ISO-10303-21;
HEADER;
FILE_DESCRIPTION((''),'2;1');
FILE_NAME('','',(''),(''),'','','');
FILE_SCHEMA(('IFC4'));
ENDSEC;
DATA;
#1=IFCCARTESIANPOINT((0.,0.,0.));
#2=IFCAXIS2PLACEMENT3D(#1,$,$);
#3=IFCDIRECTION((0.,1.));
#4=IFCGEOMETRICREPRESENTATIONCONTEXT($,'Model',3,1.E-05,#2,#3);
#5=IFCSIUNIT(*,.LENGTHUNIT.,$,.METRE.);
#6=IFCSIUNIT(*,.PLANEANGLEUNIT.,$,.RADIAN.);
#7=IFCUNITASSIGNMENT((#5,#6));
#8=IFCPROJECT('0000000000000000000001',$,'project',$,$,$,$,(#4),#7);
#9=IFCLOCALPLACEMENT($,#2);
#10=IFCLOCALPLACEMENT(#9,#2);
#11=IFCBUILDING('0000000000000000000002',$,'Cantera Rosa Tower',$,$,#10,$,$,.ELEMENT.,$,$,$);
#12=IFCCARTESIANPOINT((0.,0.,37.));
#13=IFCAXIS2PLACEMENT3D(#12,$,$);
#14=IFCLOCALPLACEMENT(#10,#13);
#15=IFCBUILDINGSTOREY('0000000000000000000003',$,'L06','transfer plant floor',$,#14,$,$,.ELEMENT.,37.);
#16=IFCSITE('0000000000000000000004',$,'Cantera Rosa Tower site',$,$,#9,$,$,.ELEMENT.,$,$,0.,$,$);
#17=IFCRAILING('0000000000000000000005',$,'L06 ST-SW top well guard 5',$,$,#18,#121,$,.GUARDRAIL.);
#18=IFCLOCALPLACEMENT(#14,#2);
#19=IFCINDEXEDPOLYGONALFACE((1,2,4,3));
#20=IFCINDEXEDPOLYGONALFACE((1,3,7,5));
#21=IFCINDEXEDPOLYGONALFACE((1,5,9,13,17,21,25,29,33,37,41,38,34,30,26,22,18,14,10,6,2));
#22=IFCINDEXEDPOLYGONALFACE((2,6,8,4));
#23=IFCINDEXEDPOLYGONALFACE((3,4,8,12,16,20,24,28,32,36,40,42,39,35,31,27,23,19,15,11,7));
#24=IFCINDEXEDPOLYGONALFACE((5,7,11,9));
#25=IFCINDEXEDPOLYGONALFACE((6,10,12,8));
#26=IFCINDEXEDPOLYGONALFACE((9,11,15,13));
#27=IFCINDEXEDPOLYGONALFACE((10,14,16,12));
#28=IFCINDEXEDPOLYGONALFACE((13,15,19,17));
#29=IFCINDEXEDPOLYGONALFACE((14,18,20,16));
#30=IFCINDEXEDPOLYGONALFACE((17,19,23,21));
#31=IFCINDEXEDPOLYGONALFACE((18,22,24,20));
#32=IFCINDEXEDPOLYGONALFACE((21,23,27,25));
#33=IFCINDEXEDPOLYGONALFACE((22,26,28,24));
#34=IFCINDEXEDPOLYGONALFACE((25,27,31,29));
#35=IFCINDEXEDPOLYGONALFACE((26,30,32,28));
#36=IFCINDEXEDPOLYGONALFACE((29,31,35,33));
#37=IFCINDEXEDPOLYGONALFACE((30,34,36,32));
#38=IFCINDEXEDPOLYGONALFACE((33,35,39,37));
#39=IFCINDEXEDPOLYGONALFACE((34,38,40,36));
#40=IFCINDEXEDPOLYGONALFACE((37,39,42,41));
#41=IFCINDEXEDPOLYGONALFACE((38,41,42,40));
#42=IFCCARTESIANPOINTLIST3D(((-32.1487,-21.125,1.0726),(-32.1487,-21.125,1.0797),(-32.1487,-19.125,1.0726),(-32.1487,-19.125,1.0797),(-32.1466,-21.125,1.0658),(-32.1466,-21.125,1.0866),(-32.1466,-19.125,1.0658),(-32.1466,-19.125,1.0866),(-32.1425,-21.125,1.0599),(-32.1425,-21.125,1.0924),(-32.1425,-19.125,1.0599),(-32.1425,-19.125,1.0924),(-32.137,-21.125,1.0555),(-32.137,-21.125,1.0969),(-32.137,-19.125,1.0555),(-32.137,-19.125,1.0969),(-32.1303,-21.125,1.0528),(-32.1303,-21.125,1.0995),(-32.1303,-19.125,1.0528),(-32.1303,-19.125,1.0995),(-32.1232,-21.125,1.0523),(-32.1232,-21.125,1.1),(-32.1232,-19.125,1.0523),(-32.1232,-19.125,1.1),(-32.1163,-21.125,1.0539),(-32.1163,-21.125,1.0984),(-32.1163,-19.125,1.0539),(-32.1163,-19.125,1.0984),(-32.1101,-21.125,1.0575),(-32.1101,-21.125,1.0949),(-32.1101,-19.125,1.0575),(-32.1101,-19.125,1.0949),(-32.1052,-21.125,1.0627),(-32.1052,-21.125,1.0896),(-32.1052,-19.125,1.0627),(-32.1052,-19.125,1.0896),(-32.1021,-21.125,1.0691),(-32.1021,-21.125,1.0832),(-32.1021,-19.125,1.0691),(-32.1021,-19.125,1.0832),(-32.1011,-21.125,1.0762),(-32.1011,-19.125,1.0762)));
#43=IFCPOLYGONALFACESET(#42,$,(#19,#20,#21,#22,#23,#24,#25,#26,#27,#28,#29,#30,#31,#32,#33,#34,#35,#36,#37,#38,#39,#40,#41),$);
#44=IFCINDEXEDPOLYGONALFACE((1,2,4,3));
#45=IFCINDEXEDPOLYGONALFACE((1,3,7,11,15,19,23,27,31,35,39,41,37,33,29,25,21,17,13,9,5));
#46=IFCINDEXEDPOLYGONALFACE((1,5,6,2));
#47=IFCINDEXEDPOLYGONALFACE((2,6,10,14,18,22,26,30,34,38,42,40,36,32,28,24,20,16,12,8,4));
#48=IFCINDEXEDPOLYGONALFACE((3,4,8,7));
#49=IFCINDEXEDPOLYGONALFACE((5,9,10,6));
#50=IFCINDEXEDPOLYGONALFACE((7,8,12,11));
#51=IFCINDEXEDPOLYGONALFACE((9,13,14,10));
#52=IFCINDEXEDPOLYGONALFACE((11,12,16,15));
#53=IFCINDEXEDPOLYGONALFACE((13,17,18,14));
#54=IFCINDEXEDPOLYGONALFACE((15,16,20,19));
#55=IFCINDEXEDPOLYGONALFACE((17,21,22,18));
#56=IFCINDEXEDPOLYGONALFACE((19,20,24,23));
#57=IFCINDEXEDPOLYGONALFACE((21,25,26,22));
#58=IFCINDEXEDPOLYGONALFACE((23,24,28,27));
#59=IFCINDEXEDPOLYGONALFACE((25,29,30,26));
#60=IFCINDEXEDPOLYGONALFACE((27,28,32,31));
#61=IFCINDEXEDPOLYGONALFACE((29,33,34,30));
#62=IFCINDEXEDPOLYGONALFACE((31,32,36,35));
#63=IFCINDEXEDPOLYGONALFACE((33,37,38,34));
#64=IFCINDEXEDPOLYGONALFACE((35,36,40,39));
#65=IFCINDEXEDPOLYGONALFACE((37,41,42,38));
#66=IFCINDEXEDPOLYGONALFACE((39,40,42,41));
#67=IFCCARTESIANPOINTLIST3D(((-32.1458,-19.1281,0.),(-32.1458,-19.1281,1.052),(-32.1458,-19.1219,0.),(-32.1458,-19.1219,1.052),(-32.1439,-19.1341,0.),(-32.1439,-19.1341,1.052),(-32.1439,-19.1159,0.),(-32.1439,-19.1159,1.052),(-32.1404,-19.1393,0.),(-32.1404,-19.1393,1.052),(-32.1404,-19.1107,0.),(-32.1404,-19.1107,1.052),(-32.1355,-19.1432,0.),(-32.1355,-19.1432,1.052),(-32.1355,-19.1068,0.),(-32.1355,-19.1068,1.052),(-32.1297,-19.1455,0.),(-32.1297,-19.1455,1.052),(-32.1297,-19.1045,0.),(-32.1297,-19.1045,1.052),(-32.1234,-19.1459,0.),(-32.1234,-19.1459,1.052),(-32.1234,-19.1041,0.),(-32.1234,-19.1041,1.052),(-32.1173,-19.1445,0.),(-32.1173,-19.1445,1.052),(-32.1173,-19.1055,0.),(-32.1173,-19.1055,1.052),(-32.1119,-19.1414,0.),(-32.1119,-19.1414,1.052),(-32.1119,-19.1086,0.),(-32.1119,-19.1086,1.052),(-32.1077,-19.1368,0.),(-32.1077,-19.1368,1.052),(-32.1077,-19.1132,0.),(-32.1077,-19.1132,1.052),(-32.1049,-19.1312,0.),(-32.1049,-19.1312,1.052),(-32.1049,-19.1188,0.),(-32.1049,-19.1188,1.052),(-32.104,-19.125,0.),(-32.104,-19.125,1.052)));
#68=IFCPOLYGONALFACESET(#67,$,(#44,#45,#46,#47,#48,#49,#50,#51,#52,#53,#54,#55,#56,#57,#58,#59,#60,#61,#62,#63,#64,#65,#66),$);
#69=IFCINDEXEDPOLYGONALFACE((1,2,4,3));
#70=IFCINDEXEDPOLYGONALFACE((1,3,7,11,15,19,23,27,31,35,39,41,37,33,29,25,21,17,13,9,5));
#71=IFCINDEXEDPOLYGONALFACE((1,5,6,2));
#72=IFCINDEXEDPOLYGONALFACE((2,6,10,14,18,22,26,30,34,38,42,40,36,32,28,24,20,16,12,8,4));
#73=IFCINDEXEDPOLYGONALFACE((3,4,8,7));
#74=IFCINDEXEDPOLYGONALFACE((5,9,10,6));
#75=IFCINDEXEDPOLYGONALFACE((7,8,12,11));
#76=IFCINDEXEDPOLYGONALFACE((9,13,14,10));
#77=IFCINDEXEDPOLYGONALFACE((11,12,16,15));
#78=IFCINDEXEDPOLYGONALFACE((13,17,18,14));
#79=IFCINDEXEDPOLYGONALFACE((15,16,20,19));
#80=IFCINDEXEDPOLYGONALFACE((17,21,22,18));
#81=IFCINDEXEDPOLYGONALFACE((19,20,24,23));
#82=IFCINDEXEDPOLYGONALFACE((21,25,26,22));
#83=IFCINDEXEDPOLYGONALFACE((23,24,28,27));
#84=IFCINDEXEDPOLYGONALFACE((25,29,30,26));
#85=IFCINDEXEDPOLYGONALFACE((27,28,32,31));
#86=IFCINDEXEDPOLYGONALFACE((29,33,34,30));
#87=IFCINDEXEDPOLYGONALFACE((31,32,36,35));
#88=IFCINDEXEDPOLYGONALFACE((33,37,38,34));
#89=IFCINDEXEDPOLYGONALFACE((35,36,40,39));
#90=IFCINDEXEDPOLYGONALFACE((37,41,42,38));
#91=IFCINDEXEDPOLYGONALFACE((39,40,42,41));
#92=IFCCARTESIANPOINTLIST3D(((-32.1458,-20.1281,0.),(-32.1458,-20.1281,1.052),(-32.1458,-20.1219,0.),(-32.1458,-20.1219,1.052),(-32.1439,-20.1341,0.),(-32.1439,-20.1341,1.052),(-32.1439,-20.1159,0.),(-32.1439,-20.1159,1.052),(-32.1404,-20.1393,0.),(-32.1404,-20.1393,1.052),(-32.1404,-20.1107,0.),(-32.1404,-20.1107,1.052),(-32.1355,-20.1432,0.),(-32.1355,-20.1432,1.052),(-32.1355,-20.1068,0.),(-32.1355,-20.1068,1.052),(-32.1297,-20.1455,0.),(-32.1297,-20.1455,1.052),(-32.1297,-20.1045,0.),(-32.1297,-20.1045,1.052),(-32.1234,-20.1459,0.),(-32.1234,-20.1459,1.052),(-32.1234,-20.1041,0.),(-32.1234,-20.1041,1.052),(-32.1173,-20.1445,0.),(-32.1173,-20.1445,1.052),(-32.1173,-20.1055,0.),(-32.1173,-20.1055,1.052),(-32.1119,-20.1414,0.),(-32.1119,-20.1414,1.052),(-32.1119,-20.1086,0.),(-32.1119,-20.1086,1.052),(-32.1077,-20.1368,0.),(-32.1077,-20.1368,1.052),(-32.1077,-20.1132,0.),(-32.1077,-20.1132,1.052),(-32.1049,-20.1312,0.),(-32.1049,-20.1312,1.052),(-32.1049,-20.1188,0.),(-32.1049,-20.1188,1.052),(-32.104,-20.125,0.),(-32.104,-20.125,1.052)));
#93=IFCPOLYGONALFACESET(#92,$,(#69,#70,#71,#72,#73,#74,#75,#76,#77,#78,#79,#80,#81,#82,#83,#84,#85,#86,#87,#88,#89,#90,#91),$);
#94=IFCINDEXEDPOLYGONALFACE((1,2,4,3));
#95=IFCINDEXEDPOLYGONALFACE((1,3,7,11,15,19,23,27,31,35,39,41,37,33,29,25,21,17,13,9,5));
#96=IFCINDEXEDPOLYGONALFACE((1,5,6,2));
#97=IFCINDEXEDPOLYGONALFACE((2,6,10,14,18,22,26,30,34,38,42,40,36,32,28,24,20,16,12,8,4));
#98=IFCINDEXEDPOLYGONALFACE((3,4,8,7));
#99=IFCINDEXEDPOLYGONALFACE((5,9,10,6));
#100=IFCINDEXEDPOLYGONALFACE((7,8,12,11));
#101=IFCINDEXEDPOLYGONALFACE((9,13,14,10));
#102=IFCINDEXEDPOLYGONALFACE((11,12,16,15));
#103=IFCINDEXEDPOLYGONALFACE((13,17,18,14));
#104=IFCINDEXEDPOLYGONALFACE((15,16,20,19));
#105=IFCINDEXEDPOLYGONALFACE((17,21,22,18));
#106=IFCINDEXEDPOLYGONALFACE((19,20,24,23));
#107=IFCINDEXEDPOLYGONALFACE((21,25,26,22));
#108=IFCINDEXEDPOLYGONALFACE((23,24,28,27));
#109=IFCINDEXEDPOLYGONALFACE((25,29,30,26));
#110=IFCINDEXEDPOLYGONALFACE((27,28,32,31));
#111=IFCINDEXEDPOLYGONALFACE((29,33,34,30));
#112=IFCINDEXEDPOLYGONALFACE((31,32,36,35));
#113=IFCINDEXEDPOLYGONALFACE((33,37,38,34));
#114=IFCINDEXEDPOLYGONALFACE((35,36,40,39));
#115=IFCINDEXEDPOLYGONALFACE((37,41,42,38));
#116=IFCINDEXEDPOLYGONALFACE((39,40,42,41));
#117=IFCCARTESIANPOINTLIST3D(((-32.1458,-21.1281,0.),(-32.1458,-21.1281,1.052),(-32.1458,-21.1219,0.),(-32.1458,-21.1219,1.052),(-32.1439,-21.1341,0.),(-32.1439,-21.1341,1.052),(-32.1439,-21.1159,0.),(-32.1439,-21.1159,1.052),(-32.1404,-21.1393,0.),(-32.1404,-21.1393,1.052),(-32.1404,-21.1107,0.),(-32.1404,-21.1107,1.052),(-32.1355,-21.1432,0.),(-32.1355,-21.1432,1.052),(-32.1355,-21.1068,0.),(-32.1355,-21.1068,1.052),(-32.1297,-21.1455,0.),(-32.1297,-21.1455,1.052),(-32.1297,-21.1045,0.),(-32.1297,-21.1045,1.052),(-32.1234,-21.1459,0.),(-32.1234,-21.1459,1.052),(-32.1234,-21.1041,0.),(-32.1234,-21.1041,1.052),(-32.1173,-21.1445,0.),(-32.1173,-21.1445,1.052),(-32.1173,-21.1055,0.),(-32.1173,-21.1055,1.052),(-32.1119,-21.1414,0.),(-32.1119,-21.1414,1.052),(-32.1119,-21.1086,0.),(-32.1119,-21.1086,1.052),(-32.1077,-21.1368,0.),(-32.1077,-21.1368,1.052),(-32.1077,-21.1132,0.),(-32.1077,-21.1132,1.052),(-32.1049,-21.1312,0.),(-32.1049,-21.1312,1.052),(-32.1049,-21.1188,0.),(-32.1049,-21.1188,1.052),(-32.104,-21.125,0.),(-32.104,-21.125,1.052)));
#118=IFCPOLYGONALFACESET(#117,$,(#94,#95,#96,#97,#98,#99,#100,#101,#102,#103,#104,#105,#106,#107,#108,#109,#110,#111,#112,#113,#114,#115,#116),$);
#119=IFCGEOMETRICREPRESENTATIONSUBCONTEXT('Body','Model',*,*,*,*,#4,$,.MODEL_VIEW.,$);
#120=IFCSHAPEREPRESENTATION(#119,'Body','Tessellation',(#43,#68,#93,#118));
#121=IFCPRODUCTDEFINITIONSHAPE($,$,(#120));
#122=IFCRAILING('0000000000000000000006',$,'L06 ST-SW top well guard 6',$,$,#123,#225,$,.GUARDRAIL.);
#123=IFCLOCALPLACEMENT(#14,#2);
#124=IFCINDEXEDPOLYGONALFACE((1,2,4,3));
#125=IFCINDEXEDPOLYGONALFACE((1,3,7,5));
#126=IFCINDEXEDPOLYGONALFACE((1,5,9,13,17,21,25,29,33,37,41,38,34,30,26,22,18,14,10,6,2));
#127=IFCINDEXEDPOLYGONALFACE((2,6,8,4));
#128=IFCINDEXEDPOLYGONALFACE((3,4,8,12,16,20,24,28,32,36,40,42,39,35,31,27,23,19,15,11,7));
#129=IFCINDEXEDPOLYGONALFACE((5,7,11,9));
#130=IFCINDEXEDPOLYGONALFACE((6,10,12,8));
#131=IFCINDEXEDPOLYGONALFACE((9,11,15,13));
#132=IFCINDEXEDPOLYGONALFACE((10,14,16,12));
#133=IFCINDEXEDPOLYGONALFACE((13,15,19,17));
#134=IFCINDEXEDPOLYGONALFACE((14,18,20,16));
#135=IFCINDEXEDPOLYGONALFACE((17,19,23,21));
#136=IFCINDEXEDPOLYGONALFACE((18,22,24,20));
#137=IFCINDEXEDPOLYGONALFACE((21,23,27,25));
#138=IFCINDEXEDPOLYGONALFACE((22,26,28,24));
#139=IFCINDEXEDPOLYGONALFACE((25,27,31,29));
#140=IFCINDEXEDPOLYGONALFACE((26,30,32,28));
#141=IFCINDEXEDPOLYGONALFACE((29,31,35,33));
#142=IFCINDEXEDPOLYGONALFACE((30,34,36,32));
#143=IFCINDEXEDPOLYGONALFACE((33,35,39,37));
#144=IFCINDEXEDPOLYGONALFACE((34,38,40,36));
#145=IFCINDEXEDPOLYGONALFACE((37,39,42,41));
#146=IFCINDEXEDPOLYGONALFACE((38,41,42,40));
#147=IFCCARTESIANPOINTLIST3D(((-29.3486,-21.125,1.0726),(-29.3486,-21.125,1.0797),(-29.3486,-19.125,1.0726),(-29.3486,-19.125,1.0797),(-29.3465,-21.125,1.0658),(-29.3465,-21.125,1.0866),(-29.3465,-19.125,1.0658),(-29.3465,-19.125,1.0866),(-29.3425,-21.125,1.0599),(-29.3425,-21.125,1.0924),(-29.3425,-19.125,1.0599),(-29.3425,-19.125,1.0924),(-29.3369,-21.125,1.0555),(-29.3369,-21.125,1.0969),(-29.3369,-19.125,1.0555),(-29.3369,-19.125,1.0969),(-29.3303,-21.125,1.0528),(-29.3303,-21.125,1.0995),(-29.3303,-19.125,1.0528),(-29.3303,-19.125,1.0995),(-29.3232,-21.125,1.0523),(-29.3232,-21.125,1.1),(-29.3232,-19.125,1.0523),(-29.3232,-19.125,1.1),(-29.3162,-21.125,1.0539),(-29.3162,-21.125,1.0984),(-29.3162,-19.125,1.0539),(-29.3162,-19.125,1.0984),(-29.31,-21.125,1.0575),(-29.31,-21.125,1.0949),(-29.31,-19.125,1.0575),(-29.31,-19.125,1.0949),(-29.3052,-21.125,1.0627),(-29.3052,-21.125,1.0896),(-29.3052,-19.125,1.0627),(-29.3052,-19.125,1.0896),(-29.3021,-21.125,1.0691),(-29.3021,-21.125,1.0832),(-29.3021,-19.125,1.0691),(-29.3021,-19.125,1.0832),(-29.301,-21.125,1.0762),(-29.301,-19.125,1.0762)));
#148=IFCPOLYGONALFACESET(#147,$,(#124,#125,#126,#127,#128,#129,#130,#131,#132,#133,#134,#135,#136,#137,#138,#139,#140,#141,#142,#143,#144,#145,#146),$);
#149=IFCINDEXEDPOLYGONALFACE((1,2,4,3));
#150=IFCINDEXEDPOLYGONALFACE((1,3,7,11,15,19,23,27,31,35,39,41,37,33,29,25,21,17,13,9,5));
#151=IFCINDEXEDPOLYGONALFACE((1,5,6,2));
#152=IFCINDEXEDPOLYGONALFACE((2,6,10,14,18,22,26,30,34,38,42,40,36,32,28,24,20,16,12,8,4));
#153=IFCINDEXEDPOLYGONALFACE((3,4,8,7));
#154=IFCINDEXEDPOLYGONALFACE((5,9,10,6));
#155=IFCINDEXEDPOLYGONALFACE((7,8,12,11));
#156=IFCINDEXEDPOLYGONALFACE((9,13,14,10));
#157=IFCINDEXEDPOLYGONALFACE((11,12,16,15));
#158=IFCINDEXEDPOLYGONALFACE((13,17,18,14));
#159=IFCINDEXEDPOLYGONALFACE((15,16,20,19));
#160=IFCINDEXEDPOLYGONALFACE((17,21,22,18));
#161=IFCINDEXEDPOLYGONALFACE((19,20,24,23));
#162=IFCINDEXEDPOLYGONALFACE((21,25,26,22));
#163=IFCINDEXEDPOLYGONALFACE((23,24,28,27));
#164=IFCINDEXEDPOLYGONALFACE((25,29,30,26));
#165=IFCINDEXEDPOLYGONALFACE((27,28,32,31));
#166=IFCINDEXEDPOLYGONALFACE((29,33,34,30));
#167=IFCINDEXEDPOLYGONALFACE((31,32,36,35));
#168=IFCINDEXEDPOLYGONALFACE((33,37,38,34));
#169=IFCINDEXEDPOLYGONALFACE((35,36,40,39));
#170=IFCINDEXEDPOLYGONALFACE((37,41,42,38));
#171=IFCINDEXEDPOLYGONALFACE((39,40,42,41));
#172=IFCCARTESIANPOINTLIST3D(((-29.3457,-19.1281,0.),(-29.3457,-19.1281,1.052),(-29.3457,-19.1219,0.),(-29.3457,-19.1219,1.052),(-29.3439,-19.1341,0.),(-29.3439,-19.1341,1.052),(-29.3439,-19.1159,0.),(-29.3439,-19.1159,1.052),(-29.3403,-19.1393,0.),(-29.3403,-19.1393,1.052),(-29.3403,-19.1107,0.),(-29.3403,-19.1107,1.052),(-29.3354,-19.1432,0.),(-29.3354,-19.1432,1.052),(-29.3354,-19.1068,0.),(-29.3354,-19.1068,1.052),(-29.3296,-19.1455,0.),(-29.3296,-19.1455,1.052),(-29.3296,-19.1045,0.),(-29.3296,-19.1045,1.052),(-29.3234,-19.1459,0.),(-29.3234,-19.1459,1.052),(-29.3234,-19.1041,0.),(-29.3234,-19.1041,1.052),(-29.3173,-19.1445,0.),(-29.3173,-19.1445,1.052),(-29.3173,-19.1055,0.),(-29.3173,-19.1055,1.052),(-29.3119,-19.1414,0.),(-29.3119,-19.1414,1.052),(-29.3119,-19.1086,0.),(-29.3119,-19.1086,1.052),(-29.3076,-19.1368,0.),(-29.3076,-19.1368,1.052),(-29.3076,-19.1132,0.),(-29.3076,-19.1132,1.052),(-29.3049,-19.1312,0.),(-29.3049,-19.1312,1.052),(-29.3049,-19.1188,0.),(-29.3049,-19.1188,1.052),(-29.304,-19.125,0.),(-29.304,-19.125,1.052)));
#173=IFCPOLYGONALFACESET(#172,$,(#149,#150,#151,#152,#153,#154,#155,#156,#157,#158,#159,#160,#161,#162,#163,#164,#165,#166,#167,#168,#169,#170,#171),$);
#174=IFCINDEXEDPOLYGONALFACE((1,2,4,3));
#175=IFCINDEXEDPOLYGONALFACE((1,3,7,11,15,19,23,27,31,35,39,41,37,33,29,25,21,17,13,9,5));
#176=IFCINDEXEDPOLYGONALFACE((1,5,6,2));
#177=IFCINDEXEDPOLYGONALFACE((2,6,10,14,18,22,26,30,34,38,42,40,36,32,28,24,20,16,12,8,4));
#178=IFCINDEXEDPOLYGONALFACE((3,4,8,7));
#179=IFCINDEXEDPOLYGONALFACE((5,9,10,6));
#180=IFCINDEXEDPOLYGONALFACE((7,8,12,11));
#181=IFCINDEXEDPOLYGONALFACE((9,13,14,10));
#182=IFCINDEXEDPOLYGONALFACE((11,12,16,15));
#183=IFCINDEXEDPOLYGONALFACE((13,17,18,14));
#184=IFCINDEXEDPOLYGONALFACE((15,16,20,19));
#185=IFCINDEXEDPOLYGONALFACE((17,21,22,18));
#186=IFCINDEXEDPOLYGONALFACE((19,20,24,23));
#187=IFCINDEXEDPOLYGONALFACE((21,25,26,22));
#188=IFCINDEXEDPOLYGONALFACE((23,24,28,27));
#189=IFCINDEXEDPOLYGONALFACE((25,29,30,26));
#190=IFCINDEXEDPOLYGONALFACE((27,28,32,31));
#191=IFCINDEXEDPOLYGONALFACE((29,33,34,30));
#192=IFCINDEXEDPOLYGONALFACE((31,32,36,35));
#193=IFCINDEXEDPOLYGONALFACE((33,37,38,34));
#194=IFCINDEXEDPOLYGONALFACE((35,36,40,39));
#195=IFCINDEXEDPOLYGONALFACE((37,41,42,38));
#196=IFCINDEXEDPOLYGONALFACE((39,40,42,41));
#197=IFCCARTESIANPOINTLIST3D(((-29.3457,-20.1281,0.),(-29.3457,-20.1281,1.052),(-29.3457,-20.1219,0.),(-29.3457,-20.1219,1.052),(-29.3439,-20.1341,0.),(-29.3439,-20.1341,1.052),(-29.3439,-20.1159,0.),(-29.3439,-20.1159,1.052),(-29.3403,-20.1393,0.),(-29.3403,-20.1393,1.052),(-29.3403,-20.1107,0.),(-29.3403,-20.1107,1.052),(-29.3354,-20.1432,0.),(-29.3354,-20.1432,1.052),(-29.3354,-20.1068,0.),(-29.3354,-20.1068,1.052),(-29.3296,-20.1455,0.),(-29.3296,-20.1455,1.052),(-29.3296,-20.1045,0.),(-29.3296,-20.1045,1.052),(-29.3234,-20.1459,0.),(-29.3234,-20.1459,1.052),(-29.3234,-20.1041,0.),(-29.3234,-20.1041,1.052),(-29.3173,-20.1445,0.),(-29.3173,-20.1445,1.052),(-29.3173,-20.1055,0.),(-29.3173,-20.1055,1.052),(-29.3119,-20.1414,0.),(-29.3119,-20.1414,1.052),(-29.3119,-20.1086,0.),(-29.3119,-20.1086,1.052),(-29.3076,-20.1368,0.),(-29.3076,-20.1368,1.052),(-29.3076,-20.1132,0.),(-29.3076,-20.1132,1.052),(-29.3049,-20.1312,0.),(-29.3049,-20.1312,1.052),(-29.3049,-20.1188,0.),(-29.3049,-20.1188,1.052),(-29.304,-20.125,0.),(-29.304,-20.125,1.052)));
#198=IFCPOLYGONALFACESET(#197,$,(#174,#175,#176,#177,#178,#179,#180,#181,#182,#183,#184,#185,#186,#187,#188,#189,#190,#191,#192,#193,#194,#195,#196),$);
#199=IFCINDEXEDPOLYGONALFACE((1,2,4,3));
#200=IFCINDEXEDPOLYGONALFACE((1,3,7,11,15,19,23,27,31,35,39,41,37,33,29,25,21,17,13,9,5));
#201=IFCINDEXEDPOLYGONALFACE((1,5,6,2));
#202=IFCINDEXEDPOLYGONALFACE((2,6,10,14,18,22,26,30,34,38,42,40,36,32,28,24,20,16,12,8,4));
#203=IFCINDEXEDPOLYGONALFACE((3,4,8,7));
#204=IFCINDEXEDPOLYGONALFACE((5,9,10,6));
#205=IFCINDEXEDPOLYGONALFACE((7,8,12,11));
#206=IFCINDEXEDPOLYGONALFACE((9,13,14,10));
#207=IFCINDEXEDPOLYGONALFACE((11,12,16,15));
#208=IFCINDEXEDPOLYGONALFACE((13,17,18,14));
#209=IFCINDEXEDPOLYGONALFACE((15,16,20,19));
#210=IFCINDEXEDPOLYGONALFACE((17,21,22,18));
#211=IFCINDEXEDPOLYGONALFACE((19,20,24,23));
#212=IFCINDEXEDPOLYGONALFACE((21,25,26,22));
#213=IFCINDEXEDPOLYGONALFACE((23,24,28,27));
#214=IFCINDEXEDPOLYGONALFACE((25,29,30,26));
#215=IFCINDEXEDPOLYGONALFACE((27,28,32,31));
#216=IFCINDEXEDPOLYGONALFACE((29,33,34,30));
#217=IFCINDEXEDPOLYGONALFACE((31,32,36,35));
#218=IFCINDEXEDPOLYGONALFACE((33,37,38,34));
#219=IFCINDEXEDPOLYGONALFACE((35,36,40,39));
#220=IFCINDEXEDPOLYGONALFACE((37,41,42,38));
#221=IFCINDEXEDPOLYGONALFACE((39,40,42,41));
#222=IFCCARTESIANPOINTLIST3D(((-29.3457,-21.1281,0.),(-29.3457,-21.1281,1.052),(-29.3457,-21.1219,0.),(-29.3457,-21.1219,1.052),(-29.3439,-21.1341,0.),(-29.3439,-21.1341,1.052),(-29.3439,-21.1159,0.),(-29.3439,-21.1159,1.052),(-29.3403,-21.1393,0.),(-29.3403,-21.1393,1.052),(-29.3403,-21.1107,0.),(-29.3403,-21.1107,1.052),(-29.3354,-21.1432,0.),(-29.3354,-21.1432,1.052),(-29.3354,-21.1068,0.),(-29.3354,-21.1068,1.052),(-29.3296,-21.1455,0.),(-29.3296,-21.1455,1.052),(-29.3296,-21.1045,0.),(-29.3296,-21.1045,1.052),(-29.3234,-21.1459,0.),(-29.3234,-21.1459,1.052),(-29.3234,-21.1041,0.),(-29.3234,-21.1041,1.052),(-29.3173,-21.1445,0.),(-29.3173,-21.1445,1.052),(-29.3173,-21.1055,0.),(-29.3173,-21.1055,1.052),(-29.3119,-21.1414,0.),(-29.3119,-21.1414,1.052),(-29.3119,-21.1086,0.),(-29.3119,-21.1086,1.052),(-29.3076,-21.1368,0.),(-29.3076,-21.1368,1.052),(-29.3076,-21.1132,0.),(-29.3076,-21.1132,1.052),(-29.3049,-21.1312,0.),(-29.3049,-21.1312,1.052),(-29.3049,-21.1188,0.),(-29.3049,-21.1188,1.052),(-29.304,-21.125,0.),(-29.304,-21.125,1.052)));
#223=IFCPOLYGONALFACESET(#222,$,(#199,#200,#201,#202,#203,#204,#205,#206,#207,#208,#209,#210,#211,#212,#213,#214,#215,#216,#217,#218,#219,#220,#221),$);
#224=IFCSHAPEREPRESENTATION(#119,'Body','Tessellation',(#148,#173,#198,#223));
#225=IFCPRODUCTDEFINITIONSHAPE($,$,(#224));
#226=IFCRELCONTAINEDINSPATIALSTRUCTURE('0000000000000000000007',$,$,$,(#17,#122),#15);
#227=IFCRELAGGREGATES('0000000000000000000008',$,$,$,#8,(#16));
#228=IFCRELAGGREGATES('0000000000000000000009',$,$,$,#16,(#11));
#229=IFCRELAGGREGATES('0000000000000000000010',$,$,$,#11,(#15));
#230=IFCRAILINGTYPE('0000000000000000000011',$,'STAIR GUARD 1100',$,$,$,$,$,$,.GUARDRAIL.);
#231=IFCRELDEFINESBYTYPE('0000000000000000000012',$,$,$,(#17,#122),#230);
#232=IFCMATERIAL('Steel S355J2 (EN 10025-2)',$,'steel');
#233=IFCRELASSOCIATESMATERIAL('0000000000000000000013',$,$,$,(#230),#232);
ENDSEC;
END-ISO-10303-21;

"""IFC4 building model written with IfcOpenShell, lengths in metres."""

from ifc_helpers import new_model, si_unit, direction, frame, origin, origin_2d, place, context, subcontext, project, spatial, circle, extrude, material, type_object, element, save


model = new_model("IFC4")

# Units and contexts
model_context = context("Model", 3, precision=1e-05, world=origin(), true_north=direction((0.0, 1.0)))
body_context = subcontext(model_context, "Body", "Model", "MODEL_VIEW")
ifc_project = project(units=[si_unit("LENGTHUNIT", "METRE"), si_unit("PLANEANGLEUNIT", "RADIAN")], contexts=[model_context])

# Site, building, storey
site_placement = place(None, origin())
site = spatial("IfcSite", under=ifc_project, at=site_placement, Name="Cantera Rosa Tower site", CompositionType="ELEMENT", RefElevation=0.0)
building_placement = place(site_placement, origin())
building = spatial("IfcBuilding", under=site, at=building_placement, Name="Cantera Rosa Tower", CompositionType="ELEMENT")
storey_placement = place(building_placement, frame((0.0, 0.0, 37.0)))
storey = spatial("IfcBuildingStorey", under=building, at=storey_placement, Name="L06", Description="transfer plant floor", CompositionType="ELEMENT", Elevation=37.0)

# Railings
ifc_material_1 = material(Name="Steel S355J2 (EN 10025-2)", Category="steel")
railing_type = type_object("IfcRailingType", Name="STAIR GUARD 1100", PredefinedType="GUARDRAIL", material=ifc_material_1)
for number, where, name in (
    (1, (-32.125, -19.125, 0.0), "L06 ST-SW top well guard 5"),
    (2, (-29.325, -19.125, 0.0), "L06 ST-SW top well guard 6"),
):
    element("IfcRailing", number, at=place(storey_placement, frame(where)), inside=storey, type_object=railing_type, Name=name, PredefinedType="GUARDRAIL", context=body_context, shape_type="SweptSolid", body=[
        extrude(circle(Radius=0.0239, at=origin_2d()), frame((0.0, 0.0, 1.0762), z_axis=(0.0, -1.0, 0.0), x_axis=(1.0, 0.0, 0.0)), (0.0, 0.0, 1.0), 2.0),
        extrude(circle(Radius=0.021, at=origin_2d()), origin(), (0.0, 0.0, 1.0), 1.052),
        extrude(circle(Radius=0.021, at=origin_2d()), frame((0.0, -1.0, 0.0)), (0.0, 0.0, 1.0), 1.052),
        extrude(circle(Radius=0.021, at=origin_2d()), frame((0.0, -2.0, 0.0)), (0.0, 0.0, 1.0), 1.052),
    ])

save(model, "model.ifc")
